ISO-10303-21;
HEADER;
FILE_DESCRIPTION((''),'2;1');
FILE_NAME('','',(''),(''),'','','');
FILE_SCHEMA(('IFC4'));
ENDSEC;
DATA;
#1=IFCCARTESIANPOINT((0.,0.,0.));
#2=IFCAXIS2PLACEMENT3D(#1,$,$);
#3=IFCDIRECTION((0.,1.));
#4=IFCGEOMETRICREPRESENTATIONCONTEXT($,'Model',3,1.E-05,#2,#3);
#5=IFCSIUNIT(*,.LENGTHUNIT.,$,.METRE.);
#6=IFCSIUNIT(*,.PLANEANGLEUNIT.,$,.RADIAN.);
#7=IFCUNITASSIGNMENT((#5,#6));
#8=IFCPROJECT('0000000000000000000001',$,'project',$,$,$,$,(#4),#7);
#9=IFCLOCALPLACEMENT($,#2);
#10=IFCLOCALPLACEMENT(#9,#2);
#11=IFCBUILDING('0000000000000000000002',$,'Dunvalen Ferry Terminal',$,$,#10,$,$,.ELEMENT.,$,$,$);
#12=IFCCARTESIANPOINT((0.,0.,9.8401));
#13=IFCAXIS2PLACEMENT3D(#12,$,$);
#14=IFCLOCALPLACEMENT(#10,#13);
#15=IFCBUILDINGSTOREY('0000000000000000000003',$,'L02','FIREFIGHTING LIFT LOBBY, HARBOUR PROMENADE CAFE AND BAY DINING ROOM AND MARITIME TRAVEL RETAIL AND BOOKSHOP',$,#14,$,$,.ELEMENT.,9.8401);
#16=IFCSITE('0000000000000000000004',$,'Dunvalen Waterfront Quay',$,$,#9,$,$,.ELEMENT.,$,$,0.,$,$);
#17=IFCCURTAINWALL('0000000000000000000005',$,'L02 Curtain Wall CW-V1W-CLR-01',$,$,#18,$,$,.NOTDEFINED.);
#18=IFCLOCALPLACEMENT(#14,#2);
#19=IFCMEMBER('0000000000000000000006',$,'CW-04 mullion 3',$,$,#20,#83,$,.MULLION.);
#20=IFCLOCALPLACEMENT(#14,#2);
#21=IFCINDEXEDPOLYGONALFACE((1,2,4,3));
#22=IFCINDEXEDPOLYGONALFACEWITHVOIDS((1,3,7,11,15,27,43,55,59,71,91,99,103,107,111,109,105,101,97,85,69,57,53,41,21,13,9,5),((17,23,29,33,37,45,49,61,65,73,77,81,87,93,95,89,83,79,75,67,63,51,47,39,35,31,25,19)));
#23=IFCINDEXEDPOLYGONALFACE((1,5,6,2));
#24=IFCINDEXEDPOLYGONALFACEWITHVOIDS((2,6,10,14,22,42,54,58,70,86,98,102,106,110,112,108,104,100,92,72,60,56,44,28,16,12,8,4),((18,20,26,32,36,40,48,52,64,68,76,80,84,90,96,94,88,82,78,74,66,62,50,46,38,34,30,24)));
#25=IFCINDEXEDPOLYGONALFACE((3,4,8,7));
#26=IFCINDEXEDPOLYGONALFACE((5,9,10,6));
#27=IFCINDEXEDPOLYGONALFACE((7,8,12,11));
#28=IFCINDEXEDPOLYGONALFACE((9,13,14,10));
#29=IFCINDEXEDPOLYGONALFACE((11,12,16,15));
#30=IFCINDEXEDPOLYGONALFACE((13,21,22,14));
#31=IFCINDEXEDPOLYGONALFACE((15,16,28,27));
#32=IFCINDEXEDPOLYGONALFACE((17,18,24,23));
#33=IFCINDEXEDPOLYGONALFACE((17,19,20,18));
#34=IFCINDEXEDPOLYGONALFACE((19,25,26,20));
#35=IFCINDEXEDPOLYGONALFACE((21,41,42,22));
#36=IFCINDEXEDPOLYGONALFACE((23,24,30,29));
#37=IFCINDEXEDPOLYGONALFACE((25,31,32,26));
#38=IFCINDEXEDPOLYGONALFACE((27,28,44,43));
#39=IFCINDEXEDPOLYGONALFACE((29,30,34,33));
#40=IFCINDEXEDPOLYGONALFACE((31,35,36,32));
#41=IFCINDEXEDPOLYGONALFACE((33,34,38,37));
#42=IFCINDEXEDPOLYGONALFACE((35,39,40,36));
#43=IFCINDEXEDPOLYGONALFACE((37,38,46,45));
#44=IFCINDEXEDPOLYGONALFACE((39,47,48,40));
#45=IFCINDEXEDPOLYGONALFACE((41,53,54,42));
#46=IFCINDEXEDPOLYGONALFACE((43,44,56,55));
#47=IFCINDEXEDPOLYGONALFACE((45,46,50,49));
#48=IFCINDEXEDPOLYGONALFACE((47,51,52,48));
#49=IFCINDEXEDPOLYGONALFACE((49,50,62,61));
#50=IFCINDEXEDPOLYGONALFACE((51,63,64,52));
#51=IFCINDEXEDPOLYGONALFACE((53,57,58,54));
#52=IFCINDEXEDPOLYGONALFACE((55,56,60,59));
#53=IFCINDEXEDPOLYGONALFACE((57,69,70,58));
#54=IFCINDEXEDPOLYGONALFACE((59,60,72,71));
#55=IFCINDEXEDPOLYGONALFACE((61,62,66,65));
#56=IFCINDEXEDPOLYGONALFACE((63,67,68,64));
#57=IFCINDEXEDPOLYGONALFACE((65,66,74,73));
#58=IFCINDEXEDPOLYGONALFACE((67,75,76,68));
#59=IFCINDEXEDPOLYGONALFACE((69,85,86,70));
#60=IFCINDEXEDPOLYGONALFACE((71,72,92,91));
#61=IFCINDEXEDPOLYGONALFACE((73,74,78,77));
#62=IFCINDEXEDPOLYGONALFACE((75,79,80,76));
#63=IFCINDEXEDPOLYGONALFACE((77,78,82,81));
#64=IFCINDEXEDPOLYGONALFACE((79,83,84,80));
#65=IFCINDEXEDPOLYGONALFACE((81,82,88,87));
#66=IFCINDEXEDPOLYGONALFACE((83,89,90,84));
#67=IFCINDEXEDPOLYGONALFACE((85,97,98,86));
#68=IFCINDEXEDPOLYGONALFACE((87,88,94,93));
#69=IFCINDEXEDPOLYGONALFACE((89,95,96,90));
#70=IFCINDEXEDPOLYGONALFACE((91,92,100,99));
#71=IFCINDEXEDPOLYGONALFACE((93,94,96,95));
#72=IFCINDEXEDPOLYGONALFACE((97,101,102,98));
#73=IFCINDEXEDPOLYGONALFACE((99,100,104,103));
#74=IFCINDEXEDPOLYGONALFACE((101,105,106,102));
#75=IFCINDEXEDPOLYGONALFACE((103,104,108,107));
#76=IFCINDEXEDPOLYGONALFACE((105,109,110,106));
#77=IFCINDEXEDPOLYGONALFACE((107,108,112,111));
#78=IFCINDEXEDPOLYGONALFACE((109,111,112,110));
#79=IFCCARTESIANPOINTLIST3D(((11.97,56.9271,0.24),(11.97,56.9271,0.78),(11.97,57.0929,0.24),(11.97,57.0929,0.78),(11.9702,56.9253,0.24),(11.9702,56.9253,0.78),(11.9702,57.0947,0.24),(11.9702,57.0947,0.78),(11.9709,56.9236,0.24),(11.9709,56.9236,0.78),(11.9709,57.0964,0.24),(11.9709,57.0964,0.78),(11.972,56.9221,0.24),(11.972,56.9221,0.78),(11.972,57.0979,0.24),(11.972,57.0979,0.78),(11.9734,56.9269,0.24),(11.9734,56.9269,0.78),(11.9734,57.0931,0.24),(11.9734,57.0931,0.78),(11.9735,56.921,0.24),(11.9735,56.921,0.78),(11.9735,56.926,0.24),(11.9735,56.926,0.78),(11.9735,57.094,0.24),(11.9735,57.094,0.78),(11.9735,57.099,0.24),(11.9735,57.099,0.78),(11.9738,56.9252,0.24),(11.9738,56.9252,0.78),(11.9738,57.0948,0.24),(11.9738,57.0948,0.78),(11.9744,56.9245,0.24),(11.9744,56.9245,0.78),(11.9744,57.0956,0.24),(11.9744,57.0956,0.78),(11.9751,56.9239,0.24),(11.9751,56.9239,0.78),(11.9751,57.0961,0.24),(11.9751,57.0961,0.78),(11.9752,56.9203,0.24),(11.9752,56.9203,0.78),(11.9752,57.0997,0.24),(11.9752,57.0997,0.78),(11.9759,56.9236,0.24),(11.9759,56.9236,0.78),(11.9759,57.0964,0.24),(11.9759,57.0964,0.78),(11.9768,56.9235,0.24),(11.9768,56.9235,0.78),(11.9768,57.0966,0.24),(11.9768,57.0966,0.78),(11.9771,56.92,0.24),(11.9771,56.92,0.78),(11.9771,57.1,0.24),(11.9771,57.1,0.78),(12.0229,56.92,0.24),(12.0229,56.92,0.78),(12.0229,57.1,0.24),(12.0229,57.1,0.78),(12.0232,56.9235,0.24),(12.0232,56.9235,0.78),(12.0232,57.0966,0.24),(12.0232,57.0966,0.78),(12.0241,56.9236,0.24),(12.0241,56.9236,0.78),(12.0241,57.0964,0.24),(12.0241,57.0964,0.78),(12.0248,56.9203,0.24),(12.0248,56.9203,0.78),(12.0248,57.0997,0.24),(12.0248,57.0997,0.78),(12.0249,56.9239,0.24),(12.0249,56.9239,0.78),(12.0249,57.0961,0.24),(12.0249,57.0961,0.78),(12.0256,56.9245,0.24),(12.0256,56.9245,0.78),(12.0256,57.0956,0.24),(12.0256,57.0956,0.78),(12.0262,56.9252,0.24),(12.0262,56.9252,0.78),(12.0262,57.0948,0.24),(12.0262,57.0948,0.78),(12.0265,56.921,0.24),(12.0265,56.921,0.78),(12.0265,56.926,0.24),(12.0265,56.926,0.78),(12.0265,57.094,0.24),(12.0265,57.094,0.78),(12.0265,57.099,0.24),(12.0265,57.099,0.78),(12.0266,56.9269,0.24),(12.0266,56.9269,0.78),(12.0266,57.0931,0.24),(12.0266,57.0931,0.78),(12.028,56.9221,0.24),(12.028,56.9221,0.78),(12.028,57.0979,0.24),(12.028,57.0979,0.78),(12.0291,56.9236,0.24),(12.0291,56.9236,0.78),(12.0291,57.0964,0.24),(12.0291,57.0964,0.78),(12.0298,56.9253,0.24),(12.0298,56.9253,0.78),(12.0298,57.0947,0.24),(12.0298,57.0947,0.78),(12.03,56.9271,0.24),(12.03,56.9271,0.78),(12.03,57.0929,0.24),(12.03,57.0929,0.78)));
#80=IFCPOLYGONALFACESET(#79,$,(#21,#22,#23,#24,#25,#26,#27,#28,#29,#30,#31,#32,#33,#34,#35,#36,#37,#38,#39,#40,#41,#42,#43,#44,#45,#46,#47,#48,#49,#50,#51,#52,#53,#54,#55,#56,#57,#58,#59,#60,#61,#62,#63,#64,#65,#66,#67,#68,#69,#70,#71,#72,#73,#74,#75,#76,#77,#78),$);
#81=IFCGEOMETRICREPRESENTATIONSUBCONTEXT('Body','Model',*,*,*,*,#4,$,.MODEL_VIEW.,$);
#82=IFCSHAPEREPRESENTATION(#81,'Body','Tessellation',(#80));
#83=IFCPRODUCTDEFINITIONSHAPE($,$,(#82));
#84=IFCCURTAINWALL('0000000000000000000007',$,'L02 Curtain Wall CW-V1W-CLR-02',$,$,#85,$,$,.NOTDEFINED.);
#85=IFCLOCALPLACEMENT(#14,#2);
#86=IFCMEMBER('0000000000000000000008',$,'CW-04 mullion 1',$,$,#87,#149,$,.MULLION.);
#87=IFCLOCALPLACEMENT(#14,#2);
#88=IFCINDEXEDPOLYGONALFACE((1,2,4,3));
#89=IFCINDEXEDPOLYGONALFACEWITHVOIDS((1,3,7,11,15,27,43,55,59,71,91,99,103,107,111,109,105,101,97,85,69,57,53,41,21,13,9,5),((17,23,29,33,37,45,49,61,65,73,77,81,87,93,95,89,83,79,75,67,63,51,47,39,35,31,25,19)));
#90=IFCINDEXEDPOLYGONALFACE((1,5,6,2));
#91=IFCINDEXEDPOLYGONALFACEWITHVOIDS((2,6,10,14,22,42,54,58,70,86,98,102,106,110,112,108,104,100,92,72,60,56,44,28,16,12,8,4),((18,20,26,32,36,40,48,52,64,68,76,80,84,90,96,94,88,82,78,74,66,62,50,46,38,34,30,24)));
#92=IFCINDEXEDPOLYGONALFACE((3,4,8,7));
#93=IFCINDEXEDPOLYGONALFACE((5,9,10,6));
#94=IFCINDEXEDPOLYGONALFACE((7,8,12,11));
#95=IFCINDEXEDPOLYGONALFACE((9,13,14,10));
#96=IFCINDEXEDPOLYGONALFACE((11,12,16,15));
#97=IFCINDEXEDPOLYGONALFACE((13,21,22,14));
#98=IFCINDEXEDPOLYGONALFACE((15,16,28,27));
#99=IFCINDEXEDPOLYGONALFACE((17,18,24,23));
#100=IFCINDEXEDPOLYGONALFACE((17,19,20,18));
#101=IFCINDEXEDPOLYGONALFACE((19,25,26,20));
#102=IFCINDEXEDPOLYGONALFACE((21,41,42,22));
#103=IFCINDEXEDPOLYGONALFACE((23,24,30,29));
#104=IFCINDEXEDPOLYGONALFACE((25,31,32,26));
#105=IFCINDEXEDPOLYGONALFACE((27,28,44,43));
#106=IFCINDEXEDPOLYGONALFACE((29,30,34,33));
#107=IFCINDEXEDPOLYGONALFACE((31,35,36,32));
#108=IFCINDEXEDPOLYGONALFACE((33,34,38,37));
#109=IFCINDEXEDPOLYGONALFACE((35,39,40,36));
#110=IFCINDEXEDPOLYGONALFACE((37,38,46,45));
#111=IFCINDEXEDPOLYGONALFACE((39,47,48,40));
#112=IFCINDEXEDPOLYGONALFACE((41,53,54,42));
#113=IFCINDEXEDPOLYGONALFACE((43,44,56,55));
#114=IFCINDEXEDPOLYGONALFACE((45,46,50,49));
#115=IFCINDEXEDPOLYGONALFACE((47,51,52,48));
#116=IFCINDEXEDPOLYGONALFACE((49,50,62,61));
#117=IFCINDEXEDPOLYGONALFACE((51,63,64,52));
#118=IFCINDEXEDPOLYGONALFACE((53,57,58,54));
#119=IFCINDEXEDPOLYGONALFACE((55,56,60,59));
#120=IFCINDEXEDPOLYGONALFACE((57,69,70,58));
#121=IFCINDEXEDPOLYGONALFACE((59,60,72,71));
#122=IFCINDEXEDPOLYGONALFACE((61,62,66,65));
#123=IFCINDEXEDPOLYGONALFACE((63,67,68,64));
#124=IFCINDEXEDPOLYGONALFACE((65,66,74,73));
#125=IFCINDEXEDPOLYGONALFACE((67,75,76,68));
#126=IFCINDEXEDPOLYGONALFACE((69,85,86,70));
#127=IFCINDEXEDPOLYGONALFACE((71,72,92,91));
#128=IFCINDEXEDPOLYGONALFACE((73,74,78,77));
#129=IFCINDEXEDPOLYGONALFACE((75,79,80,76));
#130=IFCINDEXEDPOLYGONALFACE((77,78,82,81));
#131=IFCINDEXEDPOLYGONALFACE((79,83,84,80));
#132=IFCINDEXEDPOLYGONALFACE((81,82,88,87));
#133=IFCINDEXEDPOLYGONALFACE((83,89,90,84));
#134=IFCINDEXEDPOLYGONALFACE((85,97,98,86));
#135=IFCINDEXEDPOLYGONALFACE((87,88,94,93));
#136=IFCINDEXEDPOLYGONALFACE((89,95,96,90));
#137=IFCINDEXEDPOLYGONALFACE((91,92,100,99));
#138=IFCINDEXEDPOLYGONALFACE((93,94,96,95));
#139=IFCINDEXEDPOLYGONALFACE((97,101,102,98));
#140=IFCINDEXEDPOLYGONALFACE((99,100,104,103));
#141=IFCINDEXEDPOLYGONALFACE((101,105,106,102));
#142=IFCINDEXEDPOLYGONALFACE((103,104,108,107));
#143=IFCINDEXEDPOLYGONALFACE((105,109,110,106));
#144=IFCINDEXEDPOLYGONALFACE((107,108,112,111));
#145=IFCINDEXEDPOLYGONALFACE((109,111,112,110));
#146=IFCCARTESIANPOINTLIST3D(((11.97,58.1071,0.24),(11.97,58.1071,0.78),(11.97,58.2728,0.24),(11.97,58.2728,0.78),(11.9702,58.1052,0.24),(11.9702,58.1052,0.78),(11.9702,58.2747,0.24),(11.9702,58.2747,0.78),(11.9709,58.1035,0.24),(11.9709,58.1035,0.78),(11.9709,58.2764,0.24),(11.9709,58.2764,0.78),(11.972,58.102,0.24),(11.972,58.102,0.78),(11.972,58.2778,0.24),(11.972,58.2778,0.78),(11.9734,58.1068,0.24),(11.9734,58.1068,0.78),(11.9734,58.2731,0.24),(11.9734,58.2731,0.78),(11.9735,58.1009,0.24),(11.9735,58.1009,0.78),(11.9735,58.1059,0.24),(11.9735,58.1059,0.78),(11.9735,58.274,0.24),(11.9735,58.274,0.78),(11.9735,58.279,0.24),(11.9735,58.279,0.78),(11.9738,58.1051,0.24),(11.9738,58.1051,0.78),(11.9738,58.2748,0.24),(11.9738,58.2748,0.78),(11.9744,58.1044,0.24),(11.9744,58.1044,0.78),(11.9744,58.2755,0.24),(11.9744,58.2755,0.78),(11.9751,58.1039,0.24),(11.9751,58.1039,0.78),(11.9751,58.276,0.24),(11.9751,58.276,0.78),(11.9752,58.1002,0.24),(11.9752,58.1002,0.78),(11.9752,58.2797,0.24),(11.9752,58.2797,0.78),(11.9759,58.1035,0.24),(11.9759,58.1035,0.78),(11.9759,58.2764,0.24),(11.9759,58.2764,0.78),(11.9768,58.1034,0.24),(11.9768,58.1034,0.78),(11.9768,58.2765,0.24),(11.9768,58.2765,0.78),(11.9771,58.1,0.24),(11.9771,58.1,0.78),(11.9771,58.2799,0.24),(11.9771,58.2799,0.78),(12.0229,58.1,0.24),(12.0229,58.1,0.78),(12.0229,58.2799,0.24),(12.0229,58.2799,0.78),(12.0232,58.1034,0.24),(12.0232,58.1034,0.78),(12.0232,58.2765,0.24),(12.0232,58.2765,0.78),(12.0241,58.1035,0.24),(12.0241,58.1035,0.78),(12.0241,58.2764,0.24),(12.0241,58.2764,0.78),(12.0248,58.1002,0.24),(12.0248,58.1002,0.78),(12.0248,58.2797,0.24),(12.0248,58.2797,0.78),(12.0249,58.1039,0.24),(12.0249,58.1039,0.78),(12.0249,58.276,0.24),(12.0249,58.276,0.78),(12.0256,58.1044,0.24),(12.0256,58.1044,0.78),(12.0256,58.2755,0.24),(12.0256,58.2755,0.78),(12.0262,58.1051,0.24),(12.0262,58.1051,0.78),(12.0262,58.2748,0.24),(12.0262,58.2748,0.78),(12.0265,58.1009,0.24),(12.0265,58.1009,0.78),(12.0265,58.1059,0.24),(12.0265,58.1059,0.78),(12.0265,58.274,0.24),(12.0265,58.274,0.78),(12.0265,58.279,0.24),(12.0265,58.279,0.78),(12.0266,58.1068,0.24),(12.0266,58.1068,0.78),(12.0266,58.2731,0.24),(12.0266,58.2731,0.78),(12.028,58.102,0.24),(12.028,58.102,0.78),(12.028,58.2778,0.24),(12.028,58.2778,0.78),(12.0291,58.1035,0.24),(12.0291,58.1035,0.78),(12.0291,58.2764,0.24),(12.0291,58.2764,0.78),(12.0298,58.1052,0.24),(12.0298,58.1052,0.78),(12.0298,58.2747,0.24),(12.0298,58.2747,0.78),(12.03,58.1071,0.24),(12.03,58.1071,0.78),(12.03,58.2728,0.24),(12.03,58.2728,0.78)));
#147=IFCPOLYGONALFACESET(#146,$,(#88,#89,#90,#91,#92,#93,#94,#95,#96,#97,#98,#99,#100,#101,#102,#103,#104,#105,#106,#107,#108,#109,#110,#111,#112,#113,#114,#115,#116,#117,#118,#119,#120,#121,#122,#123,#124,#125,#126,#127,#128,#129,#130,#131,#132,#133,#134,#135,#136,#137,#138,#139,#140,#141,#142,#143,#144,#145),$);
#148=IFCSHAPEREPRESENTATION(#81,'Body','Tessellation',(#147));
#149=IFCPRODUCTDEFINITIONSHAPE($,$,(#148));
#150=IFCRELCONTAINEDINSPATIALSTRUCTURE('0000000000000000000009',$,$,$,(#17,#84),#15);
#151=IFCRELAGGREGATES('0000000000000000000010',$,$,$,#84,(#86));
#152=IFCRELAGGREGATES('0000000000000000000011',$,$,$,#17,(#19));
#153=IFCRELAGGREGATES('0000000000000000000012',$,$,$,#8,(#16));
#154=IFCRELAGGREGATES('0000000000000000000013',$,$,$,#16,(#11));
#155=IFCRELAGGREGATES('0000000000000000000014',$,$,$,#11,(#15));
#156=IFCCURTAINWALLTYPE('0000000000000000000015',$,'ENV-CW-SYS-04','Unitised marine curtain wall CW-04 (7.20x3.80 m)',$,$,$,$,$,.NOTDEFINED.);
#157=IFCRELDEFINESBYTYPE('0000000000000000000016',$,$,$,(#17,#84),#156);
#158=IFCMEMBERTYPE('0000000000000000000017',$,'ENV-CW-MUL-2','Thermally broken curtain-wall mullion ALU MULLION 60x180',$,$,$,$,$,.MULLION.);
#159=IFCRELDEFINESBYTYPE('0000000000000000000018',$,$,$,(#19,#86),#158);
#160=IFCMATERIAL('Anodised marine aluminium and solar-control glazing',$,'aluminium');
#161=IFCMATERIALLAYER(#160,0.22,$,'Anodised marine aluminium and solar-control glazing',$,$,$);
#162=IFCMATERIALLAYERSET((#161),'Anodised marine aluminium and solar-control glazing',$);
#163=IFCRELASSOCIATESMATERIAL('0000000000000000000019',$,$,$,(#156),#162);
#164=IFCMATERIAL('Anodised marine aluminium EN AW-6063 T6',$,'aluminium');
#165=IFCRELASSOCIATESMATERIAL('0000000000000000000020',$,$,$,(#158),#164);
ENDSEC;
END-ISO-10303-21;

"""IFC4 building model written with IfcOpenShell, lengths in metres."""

from ifc_helpers import new_model, si_unit, direction, frame, origin, origin_2d, place, context, subcontext, project, spatial, hollow_rectangle, extrude, material, layer, layer_set, material_profile, profile_set, type_object, element, aggregate, save


model = new_model("IFC4")

# Units and contexts
model_context = context("Model", 3, precision=1e-05, world=origin(), true_north=direction((0.0, 1.0)))
body_context = subcontext(model_context, "Body", "Model", "MODEL_VIEW")
ifc_project = project(units=[si_unit("LENGTHUNIT", "METRE"), si_unit("PLANEANGLEUNIT", "RADIAN")], contexts=[model_context])

# Site, building, storey
site_placement = place(None, origin())
site = spatial("IfcSite", under=ifc_project, at=site_placement, Name="Dunvalen Waterfront Quay", CompositionType="ELEMENT", RefElevation=0.0)
building_placement = place(site_placement, origin())
building = spatial("IfcBuilding", under=site, at=building_placement, Name="Dunvalen Ferry Terminal", CompositionType="ELEMENT")
storey_placement = place(building_placement, frame((0.0, 0.0, 9.8401)))
storey = spatial("IfcBuildingStorey", under=building, at=storey_placement, Name="L02", Description="FIREFIGHTING LIFT LOBBY, HARBOUR PROMENADE CAFE AND BAY DINING ROOM AND MARITIME TRAVEL RETAIL AND BOOKSHOP", CompositionType="ELEMENT", Elevation=9.8401)

# Curtain walls, members
ifc_material_1 = material(Name="Anodised marine aluminium and solar-control glazing", Category="aluminium")
ifc_layer_1 = layer(ifc_material_1, 0.22, Name="Anodised marine aluminium and solar-control glazing")
ifc_layer_set_1 = layer_set([ifc_layer_1], Name="Anodised marine aluminium and solar-control glazing")
curtain_wall_type = type_object("IfcCurtainWallType", Name="ENV-CW-SYS-04", Description="Unitised marine curtain wall CW-04 (7.20x3.80 m)", PredefinedType="NOTDEFINED", material=ifc_layer_set_1)
curtain_wall_1_placement = place(storey_placement, origin())
curtain_wall_1 = element("IfcCurtainWall", 1, at=curtain_wall_1_placement, inside=storey, type_object=curtain_wall_type, Name="L02 Curtain Wall CW-V1W-CLR-01", PredefinedType="NOTDEFINED")
ifc_material_2 = material(Name="Anodised marine aluminium EN AW-6063 T6", Category="aluminium")
ifc_material_profile_1 = material_profile(ifc_material_2, hollow_rectangle(XDim=0.0601, YDim=0.1799, WallThickness=0.0034, InnerFilletRadius=0.0034, OuterFilletRadius=0.0071, at=origin_2d()), Name="Anodised marine aluminium EN AW-6063 T6")
ifc_profile_set_1 = profile_set([ifc_material_profile_1], Name="Anodised marine aluminium EN AW-6063 T6")
member_type_1 = type_object("IfcMemberType", Name="ENV-CW-MUL-2", Description="Thermally broken curtain-wall mullion ALU MULLION 60x180", PredefinedType="MULLION", material=ifc_profile_set_1)
member_1_placement = place(storey_placement, frame((12.0, 57.01, 0.24), z_axis=(0.0, 0.0, 1.0), x_axis=(-1.0, 0.0, 0.0)))
member_1 = element("IfcMember", 2, at=member_1_placement, type_object=member_type_1, Name="CW-04 mullion 3", PredefinedType="MULLION", context=body_context, shape_type="SweptSolid", body=[
    extrude(hollow_rectangle(XDim=0.0601, YDim=0.1799, WallThickness=0.0034, InnerFilletRadius=0.0034, OuterFilletRadius=0.0071, at=origin_2d()), origin(), (0.0, 0.0, 1.0), 0.54),
])
curtain_wall_2_placement = place(storey_placement, origin())
curtain_wall_2 = element("IfcCurtainWall", 3, at=curtain_wall_2_placement, inside=storey, type_object=curtain_wall_type, Name="L02 Curtain Wall CW-V1W-CLR-02", PredefinedType="NOTDEFINED")
member_2_placement = place(storey_placement, frame((12.0, 58.1899, 0.24), z_axis=(0.0, 0.0, 1.0), x_axis=(-1.0, 0.0, 0.0)))
member_2 = element("IfcMember", 4, at=member_2_placement, type_object=member_type_1, Name="CW-04 mullion 1", PredefinedType="MULLION", context=body_context, shape_type="SweptSolid", body=[
    extrude(hollow_rectangle(XDim=0.0601, YDim=0.1799, WallThickness=0.0034, InnerFilletRadius=0.0034, OuterFilletRadius=0.0071, at=origin_2d()), origin(), (0.0, 0.0, 1.0), 0.54),
])

aggregate(curtain_wall_2, [member_2])

aggregate(curtain_wall_1, [member_1])

save(model, "model.ifc")
